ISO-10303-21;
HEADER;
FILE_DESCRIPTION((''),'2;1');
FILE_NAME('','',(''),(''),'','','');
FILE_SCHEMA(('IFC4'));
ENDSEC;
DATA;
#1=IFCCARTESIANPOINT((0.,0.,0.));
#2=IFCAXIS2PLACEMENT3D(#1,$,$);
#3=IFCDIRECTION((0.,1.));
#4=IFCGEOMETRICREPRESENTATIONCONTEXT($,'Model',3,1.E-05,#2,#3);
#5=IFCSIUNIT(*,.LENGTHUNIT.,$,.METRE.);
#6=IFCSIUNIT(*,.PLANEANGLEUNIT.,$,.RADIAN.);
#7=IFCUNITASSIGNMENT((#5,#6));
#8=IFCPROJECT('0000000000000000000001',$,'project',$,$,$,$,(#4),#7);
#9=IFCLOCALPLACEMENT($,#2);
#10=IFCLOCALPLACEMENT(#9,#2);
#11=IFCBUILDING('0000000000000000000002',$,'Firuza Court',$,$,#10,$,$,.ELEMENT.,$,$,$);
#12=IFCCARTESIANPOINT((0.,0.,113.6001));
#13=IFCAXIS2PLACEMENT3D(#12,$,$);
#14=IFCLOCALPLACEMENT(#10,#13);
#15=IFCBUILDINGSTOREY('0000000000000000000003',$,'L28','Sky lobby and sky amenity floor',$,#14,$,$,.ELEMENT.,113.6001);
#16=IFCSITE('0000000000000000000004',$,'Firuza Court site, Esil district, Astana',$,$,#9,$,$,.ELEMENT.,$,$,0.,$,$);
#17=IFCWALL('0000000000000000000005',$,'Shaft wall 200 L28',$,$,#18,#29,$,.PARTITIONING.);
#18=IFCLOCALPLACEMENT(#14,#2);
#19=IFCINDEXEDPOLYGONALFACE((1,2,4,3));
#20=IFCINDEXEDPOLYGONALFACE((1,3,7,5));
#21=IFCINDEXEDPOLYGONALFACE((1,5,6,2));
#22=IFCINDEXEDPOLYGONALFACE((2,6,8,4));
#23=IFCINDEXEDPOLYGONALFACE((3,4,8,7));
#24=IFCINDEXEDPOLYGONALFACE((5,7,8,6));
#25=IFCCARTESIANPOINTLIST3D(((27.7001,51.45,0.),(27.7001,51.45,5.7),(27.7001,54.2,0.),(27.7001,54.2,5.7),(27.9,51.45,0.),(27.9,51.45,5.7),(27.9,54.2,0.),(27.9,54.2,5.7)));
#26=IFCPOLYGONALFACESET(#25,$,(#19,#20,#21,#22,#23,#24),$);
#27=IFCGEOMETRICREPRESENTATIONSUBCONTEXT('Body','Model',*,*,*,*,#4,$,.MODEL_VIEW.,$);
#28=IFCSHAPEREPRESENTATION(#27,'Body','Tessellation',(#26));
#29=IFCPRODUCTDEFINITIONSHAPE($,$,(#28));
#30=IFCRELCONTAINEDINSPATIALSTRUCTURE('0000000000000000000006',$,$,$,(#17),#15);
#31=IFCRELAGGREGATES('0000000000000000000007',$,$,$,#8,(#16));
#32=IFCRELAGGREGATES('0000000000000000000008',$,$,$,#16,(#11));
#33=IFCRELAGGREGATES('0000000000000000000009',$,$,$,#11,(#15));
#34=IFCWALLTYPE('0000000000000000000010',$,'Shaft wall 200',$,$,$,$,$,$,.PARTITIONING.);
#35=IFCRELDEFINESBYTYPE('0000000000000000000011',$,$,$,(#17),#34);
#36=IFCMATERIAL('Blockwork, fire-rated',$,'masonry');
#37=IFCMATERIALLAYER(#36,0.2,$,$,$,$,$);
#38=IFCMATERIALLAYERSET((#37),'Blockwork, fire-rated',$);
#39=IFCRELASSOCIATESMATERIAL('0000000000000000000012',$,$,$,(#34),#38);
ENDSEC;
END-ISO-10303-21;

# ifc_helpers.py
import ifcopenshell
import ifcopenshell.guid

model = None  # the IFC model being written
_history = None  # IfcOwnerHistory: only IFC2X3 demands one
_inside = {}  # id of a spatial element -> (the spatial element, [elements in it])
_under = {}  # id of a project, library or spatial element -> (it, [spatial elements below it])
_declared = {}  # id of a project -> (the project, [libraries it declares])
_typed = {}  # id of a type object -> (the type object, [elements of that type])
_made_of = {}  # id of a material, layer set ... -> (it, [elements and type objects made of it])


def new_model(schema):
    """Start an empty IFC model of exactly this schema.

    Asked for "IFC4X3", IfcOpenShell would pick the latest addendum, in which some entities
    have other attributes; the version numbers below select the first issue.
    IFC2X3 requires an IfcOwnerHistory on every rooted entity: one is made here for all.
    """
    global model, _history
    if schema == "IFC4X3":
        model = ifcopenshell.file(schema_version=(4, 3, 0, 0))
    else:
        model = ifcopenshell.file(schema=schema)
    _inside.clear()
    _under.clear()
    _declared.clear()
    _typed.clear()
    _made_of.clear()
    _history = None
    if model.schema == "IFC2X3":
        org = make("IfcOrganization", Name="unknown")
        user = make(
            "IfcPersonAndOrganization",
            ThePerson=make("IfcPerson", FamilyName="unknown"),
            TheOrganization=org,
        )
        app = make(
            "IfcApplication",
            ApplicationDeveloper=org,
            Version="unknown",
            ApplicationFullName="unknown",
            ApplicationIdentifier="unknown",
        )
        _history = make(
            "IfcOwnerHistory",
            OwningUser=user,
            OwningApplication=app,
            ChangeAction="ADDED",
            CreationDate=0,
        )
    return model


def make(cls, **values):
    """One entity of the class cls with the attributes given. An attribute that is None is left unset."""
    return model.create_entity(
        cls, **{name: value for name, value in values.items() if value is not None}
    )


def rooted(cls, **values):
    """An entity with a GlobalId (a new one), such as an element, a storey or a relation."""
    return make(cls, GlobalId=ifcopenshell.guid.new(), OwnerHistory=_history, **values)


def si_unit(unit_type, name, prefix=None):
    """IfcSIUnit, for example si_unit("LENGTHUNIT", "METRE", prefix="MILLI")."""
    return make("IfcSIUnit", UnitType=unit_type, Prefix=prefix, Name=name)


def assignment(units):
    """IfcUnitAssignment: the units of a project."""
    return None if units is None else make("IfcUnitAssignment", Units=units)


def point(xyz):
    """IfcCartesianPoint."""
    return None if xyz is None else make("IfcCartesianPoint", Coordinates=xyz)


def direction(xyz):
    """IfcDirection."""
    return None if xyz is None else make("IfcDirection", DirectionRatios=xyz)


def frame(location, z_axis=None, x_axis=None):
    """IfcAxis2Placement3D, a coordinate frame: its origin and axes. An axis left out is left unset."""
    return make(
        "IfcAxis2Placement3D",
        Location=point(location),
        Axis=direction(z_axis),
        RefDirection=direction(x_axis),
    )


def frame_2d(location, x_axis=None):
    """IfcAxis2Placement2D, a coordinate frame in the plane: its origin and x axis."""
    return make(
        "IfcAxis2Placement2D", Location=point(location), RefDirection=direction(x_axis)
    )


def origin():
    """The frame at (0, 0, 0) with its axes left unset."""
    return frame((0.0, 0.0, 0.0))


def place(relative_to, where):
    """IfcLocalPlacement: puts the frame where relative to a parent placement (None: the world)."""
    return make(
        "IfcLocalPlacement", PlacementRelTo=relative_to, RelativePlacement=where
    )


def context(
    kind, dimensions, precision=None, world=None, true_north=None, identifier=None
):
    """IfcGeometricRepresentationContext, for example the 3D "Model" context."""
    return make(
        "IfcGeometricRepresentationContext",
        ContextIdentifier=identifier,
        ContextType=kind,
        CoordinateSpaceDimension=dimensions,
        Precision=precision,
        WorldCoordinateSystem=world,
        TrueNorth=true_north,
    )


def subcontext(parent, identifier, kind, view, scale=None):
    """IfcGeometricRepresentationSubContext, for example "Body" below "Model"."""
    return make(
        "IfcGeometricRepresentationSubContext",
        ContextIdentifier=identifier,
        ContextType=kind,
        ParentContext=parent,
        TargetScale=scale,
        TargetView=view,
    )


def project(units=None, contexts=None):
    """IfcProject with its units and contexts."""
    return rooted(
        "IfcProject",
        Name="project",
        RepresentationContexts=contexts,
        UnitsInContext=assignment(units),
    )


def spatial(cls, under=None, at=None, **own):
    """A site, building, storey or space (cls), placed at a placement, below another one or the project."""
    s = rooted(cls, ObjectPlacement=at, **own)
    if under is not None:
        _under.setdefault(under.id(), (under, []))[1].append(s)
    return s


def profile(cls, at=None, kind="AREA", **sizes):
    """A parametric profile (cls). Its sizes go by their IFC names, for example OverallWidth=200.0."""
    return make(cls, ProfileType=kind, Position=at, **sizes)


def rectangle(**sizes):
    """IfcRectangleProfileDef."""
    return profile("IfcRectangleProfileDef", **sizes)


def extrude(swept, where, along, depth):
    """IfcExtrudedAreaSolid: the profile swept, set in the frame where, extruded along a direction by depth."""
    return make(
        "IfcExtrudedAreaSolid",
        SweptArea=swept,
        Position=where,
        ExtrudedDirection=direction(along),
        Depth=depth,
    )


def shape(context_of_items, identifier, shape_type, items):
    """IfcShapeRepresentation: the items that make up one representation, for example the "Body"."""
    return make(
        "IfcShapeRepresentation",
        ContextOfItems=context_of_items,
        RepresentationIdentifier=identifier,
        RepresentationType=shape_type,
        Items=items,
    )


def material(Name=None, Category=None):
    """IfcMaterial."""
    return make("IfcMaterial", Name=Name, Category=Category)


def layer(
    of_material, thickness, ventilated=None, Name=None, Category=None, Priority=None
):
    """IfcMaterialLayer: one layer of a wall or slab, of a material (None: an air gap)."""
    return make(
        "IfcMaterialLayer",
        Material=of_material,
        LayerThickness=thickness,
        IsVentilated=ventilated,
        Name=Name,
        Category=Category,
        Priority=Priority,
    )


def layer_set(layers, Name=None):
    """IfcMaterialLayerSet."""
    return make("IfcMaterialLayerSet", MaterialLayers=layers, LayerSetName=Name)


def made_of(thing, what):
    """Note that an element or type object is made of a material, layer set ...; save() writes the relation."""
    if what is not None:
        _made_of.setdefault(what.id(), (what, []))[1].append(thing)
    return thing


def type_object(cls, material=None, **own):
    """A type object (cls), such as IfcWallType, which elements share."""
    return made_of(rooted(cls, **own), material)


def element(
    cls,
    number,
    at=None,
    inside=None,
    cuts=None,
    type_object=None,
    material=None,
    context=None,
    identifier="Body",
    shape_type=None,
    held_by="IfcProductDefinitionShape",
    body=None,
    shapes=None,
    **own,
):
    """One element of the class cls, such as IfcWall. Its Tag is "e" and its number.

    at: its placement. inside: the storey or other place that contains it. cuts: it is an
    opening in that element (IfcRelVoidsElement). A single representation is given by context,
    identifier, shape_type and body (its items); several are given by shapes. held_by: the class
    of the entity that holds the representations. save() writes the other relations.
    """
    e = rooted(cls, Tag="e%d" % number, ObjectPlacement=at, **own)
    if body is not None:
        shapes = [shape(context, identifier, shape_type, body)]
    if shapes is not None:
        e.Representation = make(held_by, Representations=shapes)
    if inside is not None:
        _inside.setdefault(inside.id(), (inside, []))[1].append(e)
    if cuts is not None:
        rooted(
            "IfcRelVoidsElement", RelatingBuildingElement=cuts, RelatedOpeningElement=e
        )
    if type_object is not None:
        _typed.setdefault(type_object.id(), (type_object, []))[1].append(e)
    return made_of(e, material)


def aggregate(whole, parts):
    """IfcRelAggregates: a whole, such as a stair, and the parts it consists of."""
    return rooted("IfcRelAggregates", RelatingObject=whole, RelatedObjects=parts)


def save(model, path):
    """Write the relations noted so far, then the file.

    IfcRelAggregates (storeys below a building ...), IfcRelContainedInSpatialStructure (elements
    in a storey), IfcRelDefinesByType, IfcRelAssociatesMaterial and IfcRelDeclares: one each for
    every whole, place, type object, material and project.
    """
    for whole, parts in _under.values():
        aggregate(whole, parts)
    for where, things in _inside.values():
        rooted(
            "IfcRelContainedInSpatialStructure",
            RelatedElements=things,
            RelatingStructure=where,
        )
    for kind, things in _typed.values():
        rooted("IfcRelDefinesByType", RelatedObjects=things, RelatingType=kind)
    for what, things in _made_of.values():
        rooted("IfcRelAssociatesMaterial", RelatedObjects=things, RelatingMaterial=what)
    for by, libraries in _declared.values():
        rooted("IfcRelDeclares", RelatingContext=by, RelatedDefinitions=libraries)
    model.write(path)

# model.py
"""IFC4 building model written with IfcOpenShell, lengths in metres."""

from ifc_helpers import new_model, si_unit, direction, frame, frame_2d, origin, place, context, subcontext, project, spatial, rectangle, extrude, material, layer, layer_set, type_object, element, save


model = new_model("IFC4")

# Units and contexts
model_context = context("Model", 3, precision=1e-05, world=origin(), true_north=direction((0.0, 1.0)))
body_context = subcontext(model_context, "Body", "Model", "MODEL_VIEW")
ifc_project = project(units=[si_unit("LENGTHUNIT", "METRE"), si_unit("PLANEANGLEUNIT", "RADIAN")], contexts=[model_context])

# Site, building, storey
site_placement = place(None, origin())
site = spatial("IfcSite", under=ifc_project, at=site_placement, Name="Firuza Court site, Esil district, Astana", CompositionType="ELEMENT", RefElevation=0.0)
building_placement = place(site_placement, origin())
building = spatial("IfcBuilding", under=site, at=building_placement, Name="Firuza Court", CompositionType="ELEMENT")
storey_placement = place(building_placement, frame((0.0, 0.0, 113.6001)))
storey = spatial("IfcBuildingStorey", under=building, at=storey_placement, Name="L28", Description="Sky lobby and sky amenity floor", CompositionType="ELEMENT", Elevation=113.6001)

# Wall
ifc_material_1 = material(Name="Blockwork, fire-rated", Category="masonry")
ifc_layer_1 = layer(ifc_material_1, 0.2)
ifc_layer_set_1 = layer_set([ifc_layer_1], Name="Blockwork, fire-rated")
wall_type_1 = type_object("IfcWallType", Name="Shaft wall 200", PredefinedType="PARTITIONING", material=ifc_layer_set_1)
wall_1_placement = place(storey_placement, frame((27.8, 51.45, 0.0), z_axis=(0.0, 0.0, 1.0), x_axis=(0.0, 1.0, 0.0)))
element("IfcWall", 1, at=wall_1_placement, inside=storey, type_object=wall_type_1, Name="Shaft wall 200 L28", PredefinedType="PARTITIONING", context=body_context, shape_type="SweptSolid", body=[
    extrude(rectangle(XDim=2.75, YDim=0.2, at=frame_2d((1.375, 0.0))), origin(), (0.0, 0.0, 1.0), 5.7),
])

save(model, "model.ifc")
